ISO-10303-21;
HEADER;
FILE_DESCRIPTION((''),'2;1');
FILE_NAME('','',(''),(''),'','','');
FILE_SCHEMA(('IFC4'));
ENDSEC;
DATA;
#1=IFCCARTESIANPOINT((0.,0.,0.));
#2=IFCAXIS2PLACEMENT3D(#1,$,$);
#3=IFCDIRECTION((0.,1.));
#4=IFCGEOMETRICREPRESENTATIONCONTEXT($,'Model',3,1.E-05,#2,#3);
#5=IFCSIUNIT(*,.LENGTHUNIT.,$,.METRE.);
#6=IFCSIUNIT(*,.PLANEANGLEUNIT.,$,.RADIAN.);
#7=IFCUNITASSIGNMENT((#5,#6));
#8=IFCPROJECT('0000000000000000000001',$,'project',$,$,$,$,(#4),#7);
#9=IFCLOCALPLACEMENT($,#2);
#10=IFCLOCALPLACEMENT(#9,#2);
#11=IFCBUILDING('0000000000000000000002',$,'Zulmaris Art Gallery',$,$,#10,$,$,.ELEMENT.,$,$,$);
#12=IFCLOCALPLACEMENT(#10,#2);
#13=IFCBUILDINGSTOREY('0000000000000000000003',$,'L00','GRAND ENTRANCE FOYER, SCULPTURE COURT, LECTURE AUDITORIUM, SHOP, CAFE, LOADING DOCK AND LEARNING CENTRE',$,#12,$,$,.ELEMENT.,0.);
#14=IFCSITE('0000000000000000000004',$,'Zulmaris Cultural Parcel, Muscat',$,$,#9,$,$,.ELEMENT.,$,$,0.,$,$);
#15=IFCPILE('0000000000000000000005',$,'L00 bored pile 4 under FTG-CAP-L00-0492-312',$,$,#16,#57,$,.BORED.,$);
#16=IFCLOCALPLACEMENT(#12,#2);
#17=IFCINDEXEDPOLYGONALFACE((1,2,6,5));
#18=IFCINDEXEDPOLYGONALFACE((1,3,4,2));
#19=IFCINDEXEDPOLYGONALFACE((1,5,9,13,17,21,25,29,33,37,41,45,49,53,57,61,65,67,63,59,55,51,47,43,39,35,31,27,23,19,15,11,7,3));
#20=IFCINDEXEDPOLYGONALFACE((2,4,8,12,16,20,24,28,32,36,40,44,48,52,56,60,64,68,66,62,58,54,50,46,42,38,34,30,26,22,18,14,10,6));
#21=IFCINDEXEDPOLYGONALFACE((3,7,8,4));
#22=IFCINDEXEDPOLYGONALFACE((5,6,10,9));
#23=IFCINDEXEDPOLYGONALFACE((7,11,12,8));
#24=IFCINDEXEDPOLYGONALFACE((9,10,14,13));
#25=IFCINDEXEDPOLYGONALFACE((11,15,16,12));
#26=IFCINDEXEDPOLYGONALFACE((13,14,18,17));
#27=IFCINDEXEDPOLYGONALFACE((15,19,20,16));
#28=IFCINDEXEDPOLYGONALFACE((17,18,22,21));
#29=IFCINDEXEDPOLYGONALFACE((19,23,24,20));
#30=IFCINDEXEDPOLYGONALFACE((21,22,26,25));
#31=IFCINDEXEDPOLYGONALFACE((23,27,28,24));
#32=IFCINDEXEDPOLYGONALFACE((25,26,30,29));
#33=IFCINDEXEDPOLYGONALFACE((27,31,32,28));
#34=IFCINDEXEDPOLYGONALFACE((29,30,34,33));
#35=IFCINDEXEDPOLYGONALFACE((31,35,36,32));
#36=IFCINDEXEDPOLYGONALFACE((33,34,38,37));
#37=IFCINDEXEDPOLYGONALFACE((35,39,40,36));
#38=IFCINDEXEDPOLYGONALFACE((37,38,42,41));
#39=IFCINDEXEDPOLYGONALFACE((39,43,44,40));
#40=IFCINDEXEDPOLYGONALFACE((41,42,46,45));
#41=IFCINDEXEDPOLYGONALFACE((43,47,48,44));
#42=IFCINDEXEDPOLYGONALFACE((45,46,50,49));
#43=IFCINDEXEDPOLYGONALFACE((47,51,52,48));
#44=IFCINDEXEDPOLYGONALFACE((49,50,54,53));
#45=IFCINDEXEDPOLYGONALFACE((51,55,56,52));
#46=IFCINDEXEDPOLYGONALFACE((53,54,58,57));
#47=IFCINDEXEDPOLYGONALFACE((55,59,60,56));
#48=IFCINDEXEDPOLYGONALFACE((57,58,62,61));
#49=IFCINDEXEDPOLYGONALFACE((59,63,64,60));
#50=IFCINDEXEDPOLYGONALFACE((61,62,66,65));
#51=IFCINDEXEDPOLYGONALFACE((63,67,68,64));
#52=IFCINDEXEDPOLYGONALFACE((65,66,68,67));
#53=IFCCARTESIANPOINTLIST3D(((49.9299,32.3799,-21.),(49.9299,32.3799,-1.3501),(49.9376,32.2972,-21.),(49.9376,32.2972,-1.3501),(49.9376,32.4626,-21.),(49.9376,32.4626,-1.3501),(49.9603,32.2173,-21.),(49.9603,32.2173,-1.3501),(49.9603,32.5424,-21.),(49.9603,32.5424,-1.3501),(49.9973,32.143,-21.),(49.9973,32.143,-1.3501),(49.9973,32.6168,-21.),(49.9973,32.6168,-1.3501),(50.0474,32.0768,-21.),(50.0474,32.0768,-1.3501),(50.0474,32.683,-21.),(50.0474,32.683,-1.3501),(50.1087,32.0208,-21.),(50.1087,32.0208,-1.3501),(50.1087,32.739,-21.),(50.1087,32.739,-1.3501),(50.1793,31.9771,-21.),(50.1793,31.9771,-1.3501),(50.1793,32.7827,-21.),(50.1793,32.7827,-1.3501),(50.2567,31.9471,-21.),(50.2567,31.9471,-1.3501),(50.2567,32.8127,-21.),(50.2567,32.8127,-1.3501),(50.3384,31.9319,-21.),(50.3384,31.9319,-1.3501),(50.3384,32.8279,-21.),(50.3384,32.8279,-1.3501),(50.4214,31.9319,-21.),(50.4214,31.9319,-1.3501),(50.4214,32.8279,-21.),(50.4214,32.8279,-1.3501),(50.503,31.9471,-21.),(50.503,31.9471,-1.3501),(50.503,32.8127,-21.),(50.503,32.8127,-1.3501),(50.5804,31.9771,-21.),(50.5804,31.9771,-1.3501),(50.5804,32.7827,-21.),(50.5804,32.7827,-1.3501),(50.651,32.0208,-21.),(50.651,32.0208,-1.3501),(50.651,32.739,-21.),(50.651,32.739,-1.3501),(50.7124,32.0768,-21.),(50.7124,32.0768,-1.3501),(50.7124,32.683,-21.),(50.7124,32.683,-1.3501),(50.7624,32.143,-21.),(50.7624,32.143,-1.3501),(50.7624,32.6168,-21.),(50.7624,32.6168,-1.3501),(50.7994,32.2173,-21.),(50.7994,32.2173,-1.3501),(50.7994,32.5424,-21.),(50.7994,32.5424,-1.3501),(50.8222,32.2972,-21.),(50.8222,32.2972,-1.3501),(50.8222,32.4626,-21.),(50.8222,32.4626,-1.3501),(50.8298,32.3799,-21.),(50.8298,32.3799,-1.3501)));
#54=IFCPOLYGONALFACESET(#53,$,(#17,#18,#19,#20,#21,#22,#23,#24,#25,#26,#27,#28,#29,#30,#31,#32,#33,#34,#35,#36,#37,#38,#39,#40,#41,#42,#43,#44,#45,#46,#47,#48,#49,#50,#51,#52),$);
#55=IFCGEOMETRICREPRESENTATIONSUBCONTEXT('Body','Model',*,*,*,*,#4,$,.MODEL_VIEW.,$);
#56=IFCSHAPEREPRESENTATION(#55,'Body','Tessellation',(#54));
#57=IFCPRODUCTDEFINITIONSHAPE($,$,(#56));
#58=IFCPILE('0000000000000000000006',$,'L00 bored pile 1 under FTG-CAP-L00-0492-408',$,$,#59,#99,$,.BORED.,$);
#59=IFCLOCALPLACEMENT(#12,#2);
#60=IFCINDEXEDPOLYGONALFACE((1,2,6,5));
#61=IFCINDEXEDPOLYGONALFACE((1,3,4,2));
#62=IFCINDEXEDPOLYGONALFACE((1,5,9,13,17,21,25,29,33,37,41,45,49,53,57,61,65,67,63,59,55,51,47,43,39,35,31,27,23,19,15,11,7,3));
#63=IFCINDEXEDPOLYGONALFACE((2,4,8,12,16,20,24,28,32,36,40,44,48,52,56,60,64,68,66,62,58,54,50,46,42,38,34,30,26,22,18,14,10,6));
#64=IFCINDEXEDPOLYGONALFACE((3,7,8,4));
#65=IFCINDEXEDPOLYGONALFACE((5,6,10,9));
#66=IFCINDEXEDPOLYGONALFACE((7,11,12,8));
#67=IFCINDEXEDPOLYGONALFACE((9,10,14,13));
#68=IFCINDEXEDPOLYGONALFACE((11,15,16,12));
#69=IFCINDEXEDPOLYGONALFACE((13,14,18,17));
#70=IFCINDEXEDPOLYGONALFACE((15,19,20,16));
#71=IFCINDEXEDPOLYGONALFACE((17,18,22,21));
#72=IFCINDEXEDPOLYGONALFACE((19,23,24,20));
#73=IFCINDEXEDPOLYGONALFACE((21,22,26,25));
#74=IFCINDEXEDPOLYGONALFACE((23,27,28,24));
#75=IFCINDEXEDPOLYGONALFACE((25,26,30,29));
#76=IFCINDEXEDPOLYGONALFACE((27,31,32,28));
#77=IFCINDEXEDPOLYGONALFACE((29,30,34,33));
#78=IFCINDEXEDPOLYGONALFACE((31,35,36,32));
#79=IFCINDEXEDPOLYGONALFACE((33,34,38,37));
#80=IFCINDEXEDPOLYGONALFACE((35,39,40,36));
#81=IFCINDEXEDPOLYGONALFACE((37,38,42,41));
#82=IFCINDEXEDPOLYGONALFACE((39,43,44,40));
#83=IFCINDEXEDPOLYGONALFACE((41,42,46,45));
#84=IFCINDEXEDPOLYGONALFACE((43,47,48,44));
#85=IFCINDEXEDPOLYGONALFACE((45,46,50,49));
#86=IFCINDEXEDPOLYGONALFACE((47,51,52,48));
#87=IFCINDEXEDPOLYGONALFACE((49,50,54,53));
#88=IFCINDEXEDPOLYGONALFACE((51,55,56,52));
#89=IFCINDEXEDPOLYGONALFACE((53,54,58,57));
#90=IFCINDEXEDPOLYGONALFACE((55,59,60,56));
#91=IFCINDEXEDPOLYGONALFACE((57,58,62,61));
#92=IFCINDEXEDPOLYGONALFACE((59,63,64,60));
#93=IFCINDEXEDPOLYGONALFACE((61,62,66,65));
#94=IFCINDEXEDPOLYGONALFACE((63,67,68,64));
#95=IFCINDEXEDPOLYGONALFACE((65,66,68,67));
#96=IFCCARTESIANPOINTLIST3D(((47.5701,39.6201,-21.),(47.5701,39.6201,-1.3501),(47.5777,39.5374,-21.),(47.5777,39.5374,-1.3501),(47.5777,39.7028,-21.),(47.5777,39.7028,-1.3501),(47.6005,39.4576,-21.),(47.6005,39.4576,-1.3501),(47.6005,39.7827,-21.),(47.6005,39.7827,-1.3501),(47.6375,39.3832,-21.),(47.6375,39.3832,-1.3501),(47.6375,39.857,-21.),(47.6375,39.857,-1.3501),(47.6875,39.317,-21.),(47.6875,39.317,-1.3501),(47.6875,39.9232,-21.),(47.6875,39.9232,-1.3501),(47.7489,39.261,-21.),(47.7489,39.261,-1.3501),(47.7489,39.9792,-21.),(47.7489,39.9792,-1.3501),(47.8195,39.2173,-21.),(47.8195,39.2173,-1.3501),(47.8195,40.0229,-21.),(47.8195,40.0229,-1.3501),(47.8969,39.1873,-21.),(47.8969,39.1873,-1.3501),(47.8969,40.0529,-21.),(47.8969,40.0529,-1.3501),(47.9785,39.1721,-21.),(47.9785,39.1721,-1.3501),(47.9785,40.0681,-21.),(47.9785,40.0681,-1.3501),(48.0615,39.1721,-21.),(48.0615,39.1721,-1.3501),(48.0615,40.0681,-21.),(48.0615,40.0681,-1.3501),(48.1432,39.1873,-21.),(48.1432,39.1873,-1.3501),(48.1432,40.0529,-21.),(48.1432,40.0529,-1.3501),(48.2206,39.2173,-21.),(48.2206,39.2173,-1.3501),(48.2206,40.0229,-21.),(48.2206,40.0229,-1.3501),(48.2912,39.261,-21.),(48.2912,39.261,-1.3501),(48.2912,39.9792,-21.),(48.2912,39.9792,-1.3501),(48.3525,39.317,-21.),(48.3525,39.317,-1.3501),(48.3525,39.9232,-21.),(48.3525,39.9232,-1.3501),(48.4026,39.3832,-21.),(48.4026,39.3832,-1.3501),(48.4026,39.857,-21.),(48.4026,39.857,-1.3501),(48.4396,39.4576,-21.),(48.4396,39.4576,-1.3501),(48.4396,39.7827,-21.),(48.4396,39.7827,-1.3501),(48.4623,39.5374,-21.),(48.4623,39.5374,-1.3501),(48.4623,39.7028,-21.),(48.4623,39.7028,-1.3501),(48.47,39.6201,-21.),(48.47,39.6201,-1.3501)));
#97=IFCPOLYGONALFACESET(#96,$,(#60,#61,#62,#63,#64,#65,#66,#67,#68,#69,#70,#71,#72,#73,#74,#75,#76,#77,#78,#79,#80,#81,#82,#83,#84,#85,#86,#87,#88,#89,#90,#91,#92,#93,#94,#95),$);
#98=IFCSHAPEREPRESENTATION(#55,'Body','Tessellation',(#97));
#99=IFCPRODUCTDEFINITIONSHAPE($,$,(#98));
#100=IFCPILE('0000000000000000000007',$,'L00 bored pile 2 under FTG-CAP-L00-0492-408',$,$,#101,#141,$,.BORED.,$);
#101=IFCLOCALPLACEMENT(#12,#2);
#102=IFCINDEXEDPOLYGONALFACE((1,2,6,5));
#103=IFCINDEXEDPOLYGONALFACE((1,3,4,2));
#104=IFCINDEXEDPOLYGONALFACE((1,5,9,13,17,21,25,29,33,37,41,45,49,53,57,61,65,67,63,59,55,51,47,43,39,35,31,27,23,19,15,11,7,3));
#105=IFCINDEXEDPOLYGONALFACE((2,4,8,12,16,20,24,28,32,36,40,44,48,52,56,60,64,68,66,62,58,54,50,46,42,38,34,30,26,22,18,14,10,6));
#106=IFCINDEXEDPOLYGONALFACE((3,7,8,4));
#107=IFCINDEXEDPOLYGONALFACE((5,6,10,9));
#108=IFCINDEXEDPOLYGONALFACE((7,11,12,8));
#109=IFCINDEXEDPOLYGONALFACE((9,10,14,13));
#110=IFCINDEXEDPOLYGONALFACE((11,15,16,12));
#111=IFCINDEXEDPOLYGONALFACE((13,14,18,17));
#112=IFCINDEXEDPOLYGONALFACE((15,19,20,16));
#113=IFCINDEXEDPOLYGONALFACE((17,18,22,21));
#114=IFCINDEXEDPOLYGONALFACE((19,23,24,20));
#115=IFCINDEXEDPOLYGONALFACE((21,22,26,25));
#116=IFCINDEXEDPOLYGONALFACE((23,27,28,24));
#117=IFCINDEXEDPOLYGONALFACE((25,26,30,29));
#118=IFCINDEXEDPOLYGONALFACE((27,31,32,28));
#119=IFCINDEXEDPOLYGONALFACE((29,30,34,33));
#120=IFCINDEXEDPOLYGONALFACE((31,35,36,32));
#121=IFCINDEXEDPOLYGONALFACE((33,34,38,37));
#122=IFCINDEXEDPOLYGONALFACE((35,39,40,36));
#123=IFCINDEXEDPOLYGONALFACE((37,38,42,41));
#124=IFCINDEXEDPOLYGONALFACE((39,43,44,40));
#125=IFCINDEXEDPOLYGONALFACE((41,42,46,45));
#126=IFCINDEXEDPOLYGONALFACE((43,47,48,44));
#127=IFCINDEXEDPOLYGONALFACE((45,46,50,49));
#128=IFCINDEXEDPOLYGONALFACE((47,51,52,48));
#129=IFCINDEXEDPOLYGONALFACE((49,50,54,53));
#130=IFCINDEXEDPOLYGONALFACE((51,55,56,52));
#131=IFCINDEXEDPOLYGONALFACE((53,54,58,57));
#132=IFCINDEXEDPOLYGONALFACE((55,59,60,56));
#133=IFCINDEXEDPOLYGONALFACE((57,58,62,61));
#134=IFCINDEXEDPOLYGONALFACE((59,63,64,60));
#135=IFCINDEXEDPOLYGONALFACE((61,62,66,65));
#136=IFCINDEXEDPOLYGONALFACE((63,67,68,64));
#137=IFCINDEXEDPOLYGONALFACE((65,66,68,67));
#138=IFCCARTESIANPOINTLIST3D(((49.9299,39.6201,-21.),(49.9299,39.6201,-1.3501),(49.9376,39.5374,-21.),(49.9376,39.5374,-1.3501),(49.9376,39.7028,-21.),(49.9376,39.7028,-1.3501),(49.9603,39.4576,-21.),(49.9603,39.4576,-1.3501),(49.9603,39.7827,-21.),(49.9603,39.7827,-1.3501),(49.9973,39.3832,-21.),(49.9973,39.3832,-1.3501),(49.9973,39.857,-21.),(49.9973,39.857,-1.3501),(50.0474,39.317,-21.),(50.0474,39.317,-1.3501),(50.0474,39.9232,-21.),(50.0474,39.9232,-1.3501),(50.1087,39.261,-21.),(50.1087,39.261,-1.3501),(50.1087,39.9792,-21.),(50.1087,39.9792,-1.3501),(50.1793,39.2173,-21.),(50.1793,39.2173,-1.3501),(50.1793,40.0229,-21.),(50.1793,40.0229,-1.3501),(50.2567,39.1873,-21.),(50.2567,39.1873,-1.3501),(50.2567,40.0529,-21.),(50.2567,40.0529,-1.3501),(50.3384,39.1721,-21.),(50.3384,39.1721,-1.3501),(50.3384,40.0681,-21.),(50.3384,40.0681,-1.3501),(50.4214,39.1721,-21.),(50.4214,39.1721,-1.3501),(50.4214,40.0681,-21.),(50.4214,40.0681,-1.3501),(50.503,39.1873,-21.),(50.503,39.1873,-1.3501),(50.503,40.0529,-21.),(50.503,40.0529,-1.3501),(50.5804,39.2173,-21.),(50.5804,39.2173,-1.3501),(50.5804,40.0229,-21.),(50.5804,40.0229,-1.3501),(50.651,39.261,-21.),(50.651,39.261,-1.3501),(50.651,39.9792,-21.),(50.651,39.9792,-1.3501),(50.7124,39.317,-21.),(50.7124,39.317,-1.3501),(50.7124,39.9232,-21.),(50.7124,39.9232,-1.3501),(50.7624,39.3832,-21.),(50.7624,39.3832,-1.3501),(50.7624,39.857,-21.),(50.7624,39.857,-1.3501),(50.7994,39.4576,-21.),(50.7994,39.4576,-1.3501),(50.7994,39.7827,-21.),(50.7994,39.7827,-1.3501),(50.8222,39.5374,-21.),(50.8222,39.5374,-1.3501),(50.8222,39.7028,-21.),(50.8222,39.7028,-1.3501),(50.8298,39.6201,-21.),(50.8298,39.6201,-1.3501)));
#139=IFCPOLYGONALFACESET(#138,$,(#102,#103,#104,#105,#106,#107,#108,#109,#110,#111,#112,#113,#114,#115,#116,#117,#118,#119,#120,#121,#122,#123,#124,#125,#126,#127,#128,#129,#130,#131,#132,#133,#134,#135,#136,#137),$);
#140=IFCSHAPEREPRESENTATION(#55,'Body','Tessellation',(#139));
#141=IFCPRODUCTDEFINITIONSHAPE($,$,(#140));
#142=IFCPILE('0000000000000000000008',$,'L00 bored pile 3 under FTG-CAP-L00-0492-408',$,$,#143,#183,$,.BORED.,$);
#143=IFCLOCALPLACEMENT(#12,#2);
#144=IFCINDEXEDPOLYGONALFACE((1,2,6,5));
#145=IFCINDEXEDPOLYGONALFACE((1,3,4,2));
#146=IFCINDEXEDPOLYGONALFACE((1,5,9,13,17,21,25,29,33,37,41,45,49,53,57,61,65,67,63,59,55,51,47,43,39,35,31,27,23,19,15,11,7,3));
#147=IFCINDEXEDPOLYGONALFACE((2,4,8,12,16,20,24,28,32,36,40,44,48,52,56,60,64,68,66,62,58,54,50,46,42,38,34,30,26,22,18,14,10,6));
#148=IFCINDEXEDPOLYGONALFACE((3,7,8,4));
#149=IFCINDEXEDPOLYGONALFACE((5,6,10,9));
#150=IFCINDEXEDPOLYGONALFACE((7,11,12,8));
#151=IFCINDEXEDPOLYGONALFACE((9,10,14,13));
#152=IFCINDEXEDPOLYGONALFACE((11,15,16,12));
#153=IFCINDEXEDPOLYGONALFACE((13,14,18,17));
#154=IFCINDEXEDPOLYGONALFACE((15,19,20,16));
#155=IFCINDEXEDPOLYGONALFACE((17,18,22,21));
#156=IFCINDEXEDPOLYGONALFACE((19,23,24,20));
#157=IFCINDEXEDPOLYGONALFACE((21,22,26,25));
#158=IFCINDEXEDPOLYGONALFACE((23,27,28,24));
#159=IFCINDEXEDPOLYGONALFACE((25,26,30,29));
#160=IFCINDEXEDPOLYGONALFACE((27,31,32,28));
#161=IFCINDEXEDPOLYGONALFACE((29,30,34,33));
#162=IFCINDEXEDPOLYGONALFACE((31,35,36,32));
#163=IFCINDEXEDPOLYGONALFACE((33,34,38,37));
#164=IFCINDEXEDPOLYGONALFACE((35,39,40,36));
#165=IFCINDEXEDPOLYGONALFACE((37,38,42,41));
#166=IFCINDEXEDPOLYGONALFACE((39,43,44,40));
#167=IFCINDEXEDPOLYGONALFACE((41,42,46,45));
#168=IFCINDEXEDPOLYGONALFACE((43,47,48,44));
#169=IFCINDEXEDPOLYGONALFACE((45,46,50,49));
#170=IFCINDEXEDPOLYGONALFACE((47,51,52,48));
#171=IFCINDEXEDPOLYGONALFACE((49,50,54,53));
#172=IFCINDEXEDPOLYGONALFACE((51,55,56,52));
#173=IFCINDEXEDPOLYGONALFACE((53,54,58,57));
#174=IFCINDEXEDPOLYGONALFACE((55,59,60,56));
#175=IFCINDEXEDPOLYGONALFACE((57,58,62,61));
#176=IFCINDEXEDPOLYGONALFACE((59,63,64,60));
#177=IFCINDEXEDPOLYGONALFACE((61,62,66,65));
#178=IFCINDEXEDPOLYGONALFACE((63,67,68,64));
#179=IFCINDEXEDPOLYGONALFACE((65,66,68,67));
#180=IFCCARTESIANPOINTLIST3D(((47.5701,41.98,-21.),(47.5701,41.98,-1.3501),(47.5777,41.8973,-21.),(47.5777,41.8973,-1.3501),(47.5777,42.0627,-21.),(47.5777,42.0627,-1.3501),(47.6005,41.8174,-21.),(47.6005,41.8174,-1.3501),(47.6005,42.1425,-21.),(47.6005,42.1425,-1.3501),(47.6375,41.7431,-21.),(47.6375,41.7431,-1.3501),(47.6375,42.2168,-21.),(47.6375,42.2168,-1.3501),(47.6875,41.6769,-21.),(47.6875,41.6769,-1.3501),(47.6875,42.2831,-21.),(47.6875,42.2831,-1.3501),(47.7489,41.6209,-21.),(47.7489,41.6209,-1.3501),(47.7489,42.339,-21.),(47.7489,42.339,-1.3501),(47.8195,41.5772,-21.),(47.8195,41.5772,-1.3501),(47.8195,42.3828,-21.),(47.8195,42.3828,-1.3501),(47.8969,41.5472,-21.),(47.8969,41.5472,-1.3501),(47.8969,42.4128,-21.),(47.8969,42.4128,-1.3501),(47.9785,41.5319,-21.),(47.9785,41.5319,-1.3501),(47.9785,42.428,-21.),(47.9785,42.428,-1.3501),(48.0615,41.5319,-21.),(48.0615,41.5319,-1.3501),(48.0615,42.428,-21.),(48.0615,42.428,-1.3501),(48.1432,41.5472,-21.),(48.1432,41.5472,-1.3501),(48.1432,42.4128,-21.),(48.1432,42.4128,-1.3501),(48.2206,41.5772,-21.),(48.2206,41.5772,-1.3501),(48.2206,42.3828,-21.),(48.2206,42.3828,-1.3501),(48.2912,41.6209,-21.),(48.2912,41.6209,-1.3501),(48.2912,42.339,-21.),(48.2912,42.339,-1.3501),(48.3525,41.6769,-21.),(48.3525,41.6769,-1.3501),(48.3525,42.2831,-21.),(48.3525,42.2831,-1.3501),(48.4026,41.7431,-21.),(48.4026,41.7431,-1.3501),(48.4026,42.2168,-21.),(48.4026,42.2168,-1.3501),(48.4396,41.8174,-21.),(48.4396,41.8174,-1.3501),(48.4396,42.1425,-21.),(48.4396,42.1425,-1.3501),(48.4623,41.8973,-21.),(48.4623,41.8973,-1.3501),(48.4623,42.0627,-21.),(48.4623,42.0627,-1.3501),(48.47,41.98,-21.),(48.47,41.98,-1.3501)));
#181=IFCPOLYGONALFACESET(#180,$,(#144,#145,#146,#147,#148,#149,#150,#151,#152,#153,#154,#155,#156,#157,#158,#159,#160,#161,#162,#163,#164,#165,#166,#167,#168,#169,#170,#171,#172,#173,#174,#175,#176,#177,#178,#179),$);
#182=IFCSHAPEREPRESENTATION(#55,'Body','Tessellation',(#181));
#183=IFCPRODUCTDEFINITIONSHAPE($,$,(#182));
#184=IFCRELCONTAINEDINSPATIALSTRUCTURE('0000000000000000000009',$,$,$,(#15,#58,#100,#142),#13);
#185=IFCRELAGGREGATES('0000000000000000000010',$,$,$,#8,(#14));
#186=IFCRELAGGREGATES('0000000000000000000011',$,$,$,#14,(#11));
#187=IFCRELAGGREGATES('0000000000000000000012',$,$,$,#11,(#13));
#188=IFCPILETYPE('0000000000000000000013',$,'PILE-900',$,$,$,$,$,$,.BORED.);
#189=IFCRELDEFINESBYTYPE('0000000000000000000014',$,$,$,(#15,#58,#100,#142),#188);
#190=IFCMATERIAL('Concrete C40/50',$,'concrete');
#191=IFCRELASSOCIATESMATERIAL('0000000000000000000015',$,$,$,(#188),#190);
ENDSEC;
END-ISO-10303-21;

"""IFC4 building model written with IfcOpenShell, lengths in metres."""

from ifc_helpers import new_model, si_unit, direction, frame, origin, origin_2d, place, context, subcontext, project, spatial, circle, extrude, material, material_profile, profile_set, type_object, element, save


model = new_model("IFC4")

# Units and contexts
model_context = context("Model", 3, precision=1e-05, world=origin(), true_north=direction((0.0, 1.0)))
body_context = subcontext(model_context, "Body", "Model", "MODEL_VIEW")
ifc_project = project(units=[si_unit("LENGTHUNIT", "METRE"), si_unit("PLANEANGLEUNIT", "RADIAN")], contexts=[model_context])

# Site, building, storey
site_placement = place(None, origin())
site = spatial("IfcSite", under=ifc_project, at=site_placement, Name="Zulmaris Cultural Parcel, Muscat", CompositionType="ELEMENT", RefElevation=0.0)
building_placement = place(site_placement, origin())
building = spatial("IfcBuilding", under=site, at=building_placement, Name="Zulmaris Art Gallery", CompositionType="ELEMENT")
storey_placement = place(building_placement, origin())
storey = spatial("IfcBuildingStorey", under=building, at=storey_placement, Name="L00", Description="GRAND ENTRANCE FOYER, SCULPTURE COURT, LECTURE AUDITORIUM, SHOP, CAFE, LOADING DOCK AND LEARNING CENTRE", CompositionType="ELEMENT", Elevation=0.0)

# Piles
ifc_material_1 = material(Name="Concrete C40/50", Category="concrete")
ifc_material_profile_1 = material_profile(ifc_material_1, circle(Radius=0.45, at=origin_2d()), Name="PILE DIA 900")
ifc_profile_set_1 = profile_set([ifc_material_profile_1], Name="Concrete C40/50")
pile_type_1 = type_object("IfcPileType", Name="PILE-900", PredefinedType="BORED", material=ifc_profile_set_1)
for number, where, z_axis, x_axis, name in (
    (1, (50.3799, 32.3799, -1.3501), (0.0, 0.0, -1.0), (1.0, 0.0, 0.0), "L00 bored pile 4 under FTG-CAP-L00-0492-312"),
    (2, (48.02, 39.6201, -1.3501), (0.0, 0.0, -1.0), (1.0, 0.0, 0.0), "L00 bored pile 1 under FTG-CAP-L00-0492-408"),
    (3, (50.3799, 39.6201, -1.3501), (0.0, 0.0, -1.0), (1.0, 0.0, 0.0), "L00 bored pile 2 under FTG-CAP-L00-0492-408"),
    (4, (48.02, 41.98, -1.3501), (0.0, 0.0, -1.0), (1.0, 0.0, 0.0), "L00 bored pile 3 under FTG-CAP-L00-0492-408"),
):
    element("IfcPile", number, at=place(storey_placement, frame(where, z_axis=z_axis, x_axis=x_axis)), inside=storey, type_object=pile_type_1, Name=name, PredefinedType="BORED", context=body_context, shape_type="SweptSolid", body=[
        extrude(circle(Radius=0.45, at=origin_2d()), origin(), (0.0, 0.0, 1.0), 19.6499),
    ])

save(model, "model.ifc")
